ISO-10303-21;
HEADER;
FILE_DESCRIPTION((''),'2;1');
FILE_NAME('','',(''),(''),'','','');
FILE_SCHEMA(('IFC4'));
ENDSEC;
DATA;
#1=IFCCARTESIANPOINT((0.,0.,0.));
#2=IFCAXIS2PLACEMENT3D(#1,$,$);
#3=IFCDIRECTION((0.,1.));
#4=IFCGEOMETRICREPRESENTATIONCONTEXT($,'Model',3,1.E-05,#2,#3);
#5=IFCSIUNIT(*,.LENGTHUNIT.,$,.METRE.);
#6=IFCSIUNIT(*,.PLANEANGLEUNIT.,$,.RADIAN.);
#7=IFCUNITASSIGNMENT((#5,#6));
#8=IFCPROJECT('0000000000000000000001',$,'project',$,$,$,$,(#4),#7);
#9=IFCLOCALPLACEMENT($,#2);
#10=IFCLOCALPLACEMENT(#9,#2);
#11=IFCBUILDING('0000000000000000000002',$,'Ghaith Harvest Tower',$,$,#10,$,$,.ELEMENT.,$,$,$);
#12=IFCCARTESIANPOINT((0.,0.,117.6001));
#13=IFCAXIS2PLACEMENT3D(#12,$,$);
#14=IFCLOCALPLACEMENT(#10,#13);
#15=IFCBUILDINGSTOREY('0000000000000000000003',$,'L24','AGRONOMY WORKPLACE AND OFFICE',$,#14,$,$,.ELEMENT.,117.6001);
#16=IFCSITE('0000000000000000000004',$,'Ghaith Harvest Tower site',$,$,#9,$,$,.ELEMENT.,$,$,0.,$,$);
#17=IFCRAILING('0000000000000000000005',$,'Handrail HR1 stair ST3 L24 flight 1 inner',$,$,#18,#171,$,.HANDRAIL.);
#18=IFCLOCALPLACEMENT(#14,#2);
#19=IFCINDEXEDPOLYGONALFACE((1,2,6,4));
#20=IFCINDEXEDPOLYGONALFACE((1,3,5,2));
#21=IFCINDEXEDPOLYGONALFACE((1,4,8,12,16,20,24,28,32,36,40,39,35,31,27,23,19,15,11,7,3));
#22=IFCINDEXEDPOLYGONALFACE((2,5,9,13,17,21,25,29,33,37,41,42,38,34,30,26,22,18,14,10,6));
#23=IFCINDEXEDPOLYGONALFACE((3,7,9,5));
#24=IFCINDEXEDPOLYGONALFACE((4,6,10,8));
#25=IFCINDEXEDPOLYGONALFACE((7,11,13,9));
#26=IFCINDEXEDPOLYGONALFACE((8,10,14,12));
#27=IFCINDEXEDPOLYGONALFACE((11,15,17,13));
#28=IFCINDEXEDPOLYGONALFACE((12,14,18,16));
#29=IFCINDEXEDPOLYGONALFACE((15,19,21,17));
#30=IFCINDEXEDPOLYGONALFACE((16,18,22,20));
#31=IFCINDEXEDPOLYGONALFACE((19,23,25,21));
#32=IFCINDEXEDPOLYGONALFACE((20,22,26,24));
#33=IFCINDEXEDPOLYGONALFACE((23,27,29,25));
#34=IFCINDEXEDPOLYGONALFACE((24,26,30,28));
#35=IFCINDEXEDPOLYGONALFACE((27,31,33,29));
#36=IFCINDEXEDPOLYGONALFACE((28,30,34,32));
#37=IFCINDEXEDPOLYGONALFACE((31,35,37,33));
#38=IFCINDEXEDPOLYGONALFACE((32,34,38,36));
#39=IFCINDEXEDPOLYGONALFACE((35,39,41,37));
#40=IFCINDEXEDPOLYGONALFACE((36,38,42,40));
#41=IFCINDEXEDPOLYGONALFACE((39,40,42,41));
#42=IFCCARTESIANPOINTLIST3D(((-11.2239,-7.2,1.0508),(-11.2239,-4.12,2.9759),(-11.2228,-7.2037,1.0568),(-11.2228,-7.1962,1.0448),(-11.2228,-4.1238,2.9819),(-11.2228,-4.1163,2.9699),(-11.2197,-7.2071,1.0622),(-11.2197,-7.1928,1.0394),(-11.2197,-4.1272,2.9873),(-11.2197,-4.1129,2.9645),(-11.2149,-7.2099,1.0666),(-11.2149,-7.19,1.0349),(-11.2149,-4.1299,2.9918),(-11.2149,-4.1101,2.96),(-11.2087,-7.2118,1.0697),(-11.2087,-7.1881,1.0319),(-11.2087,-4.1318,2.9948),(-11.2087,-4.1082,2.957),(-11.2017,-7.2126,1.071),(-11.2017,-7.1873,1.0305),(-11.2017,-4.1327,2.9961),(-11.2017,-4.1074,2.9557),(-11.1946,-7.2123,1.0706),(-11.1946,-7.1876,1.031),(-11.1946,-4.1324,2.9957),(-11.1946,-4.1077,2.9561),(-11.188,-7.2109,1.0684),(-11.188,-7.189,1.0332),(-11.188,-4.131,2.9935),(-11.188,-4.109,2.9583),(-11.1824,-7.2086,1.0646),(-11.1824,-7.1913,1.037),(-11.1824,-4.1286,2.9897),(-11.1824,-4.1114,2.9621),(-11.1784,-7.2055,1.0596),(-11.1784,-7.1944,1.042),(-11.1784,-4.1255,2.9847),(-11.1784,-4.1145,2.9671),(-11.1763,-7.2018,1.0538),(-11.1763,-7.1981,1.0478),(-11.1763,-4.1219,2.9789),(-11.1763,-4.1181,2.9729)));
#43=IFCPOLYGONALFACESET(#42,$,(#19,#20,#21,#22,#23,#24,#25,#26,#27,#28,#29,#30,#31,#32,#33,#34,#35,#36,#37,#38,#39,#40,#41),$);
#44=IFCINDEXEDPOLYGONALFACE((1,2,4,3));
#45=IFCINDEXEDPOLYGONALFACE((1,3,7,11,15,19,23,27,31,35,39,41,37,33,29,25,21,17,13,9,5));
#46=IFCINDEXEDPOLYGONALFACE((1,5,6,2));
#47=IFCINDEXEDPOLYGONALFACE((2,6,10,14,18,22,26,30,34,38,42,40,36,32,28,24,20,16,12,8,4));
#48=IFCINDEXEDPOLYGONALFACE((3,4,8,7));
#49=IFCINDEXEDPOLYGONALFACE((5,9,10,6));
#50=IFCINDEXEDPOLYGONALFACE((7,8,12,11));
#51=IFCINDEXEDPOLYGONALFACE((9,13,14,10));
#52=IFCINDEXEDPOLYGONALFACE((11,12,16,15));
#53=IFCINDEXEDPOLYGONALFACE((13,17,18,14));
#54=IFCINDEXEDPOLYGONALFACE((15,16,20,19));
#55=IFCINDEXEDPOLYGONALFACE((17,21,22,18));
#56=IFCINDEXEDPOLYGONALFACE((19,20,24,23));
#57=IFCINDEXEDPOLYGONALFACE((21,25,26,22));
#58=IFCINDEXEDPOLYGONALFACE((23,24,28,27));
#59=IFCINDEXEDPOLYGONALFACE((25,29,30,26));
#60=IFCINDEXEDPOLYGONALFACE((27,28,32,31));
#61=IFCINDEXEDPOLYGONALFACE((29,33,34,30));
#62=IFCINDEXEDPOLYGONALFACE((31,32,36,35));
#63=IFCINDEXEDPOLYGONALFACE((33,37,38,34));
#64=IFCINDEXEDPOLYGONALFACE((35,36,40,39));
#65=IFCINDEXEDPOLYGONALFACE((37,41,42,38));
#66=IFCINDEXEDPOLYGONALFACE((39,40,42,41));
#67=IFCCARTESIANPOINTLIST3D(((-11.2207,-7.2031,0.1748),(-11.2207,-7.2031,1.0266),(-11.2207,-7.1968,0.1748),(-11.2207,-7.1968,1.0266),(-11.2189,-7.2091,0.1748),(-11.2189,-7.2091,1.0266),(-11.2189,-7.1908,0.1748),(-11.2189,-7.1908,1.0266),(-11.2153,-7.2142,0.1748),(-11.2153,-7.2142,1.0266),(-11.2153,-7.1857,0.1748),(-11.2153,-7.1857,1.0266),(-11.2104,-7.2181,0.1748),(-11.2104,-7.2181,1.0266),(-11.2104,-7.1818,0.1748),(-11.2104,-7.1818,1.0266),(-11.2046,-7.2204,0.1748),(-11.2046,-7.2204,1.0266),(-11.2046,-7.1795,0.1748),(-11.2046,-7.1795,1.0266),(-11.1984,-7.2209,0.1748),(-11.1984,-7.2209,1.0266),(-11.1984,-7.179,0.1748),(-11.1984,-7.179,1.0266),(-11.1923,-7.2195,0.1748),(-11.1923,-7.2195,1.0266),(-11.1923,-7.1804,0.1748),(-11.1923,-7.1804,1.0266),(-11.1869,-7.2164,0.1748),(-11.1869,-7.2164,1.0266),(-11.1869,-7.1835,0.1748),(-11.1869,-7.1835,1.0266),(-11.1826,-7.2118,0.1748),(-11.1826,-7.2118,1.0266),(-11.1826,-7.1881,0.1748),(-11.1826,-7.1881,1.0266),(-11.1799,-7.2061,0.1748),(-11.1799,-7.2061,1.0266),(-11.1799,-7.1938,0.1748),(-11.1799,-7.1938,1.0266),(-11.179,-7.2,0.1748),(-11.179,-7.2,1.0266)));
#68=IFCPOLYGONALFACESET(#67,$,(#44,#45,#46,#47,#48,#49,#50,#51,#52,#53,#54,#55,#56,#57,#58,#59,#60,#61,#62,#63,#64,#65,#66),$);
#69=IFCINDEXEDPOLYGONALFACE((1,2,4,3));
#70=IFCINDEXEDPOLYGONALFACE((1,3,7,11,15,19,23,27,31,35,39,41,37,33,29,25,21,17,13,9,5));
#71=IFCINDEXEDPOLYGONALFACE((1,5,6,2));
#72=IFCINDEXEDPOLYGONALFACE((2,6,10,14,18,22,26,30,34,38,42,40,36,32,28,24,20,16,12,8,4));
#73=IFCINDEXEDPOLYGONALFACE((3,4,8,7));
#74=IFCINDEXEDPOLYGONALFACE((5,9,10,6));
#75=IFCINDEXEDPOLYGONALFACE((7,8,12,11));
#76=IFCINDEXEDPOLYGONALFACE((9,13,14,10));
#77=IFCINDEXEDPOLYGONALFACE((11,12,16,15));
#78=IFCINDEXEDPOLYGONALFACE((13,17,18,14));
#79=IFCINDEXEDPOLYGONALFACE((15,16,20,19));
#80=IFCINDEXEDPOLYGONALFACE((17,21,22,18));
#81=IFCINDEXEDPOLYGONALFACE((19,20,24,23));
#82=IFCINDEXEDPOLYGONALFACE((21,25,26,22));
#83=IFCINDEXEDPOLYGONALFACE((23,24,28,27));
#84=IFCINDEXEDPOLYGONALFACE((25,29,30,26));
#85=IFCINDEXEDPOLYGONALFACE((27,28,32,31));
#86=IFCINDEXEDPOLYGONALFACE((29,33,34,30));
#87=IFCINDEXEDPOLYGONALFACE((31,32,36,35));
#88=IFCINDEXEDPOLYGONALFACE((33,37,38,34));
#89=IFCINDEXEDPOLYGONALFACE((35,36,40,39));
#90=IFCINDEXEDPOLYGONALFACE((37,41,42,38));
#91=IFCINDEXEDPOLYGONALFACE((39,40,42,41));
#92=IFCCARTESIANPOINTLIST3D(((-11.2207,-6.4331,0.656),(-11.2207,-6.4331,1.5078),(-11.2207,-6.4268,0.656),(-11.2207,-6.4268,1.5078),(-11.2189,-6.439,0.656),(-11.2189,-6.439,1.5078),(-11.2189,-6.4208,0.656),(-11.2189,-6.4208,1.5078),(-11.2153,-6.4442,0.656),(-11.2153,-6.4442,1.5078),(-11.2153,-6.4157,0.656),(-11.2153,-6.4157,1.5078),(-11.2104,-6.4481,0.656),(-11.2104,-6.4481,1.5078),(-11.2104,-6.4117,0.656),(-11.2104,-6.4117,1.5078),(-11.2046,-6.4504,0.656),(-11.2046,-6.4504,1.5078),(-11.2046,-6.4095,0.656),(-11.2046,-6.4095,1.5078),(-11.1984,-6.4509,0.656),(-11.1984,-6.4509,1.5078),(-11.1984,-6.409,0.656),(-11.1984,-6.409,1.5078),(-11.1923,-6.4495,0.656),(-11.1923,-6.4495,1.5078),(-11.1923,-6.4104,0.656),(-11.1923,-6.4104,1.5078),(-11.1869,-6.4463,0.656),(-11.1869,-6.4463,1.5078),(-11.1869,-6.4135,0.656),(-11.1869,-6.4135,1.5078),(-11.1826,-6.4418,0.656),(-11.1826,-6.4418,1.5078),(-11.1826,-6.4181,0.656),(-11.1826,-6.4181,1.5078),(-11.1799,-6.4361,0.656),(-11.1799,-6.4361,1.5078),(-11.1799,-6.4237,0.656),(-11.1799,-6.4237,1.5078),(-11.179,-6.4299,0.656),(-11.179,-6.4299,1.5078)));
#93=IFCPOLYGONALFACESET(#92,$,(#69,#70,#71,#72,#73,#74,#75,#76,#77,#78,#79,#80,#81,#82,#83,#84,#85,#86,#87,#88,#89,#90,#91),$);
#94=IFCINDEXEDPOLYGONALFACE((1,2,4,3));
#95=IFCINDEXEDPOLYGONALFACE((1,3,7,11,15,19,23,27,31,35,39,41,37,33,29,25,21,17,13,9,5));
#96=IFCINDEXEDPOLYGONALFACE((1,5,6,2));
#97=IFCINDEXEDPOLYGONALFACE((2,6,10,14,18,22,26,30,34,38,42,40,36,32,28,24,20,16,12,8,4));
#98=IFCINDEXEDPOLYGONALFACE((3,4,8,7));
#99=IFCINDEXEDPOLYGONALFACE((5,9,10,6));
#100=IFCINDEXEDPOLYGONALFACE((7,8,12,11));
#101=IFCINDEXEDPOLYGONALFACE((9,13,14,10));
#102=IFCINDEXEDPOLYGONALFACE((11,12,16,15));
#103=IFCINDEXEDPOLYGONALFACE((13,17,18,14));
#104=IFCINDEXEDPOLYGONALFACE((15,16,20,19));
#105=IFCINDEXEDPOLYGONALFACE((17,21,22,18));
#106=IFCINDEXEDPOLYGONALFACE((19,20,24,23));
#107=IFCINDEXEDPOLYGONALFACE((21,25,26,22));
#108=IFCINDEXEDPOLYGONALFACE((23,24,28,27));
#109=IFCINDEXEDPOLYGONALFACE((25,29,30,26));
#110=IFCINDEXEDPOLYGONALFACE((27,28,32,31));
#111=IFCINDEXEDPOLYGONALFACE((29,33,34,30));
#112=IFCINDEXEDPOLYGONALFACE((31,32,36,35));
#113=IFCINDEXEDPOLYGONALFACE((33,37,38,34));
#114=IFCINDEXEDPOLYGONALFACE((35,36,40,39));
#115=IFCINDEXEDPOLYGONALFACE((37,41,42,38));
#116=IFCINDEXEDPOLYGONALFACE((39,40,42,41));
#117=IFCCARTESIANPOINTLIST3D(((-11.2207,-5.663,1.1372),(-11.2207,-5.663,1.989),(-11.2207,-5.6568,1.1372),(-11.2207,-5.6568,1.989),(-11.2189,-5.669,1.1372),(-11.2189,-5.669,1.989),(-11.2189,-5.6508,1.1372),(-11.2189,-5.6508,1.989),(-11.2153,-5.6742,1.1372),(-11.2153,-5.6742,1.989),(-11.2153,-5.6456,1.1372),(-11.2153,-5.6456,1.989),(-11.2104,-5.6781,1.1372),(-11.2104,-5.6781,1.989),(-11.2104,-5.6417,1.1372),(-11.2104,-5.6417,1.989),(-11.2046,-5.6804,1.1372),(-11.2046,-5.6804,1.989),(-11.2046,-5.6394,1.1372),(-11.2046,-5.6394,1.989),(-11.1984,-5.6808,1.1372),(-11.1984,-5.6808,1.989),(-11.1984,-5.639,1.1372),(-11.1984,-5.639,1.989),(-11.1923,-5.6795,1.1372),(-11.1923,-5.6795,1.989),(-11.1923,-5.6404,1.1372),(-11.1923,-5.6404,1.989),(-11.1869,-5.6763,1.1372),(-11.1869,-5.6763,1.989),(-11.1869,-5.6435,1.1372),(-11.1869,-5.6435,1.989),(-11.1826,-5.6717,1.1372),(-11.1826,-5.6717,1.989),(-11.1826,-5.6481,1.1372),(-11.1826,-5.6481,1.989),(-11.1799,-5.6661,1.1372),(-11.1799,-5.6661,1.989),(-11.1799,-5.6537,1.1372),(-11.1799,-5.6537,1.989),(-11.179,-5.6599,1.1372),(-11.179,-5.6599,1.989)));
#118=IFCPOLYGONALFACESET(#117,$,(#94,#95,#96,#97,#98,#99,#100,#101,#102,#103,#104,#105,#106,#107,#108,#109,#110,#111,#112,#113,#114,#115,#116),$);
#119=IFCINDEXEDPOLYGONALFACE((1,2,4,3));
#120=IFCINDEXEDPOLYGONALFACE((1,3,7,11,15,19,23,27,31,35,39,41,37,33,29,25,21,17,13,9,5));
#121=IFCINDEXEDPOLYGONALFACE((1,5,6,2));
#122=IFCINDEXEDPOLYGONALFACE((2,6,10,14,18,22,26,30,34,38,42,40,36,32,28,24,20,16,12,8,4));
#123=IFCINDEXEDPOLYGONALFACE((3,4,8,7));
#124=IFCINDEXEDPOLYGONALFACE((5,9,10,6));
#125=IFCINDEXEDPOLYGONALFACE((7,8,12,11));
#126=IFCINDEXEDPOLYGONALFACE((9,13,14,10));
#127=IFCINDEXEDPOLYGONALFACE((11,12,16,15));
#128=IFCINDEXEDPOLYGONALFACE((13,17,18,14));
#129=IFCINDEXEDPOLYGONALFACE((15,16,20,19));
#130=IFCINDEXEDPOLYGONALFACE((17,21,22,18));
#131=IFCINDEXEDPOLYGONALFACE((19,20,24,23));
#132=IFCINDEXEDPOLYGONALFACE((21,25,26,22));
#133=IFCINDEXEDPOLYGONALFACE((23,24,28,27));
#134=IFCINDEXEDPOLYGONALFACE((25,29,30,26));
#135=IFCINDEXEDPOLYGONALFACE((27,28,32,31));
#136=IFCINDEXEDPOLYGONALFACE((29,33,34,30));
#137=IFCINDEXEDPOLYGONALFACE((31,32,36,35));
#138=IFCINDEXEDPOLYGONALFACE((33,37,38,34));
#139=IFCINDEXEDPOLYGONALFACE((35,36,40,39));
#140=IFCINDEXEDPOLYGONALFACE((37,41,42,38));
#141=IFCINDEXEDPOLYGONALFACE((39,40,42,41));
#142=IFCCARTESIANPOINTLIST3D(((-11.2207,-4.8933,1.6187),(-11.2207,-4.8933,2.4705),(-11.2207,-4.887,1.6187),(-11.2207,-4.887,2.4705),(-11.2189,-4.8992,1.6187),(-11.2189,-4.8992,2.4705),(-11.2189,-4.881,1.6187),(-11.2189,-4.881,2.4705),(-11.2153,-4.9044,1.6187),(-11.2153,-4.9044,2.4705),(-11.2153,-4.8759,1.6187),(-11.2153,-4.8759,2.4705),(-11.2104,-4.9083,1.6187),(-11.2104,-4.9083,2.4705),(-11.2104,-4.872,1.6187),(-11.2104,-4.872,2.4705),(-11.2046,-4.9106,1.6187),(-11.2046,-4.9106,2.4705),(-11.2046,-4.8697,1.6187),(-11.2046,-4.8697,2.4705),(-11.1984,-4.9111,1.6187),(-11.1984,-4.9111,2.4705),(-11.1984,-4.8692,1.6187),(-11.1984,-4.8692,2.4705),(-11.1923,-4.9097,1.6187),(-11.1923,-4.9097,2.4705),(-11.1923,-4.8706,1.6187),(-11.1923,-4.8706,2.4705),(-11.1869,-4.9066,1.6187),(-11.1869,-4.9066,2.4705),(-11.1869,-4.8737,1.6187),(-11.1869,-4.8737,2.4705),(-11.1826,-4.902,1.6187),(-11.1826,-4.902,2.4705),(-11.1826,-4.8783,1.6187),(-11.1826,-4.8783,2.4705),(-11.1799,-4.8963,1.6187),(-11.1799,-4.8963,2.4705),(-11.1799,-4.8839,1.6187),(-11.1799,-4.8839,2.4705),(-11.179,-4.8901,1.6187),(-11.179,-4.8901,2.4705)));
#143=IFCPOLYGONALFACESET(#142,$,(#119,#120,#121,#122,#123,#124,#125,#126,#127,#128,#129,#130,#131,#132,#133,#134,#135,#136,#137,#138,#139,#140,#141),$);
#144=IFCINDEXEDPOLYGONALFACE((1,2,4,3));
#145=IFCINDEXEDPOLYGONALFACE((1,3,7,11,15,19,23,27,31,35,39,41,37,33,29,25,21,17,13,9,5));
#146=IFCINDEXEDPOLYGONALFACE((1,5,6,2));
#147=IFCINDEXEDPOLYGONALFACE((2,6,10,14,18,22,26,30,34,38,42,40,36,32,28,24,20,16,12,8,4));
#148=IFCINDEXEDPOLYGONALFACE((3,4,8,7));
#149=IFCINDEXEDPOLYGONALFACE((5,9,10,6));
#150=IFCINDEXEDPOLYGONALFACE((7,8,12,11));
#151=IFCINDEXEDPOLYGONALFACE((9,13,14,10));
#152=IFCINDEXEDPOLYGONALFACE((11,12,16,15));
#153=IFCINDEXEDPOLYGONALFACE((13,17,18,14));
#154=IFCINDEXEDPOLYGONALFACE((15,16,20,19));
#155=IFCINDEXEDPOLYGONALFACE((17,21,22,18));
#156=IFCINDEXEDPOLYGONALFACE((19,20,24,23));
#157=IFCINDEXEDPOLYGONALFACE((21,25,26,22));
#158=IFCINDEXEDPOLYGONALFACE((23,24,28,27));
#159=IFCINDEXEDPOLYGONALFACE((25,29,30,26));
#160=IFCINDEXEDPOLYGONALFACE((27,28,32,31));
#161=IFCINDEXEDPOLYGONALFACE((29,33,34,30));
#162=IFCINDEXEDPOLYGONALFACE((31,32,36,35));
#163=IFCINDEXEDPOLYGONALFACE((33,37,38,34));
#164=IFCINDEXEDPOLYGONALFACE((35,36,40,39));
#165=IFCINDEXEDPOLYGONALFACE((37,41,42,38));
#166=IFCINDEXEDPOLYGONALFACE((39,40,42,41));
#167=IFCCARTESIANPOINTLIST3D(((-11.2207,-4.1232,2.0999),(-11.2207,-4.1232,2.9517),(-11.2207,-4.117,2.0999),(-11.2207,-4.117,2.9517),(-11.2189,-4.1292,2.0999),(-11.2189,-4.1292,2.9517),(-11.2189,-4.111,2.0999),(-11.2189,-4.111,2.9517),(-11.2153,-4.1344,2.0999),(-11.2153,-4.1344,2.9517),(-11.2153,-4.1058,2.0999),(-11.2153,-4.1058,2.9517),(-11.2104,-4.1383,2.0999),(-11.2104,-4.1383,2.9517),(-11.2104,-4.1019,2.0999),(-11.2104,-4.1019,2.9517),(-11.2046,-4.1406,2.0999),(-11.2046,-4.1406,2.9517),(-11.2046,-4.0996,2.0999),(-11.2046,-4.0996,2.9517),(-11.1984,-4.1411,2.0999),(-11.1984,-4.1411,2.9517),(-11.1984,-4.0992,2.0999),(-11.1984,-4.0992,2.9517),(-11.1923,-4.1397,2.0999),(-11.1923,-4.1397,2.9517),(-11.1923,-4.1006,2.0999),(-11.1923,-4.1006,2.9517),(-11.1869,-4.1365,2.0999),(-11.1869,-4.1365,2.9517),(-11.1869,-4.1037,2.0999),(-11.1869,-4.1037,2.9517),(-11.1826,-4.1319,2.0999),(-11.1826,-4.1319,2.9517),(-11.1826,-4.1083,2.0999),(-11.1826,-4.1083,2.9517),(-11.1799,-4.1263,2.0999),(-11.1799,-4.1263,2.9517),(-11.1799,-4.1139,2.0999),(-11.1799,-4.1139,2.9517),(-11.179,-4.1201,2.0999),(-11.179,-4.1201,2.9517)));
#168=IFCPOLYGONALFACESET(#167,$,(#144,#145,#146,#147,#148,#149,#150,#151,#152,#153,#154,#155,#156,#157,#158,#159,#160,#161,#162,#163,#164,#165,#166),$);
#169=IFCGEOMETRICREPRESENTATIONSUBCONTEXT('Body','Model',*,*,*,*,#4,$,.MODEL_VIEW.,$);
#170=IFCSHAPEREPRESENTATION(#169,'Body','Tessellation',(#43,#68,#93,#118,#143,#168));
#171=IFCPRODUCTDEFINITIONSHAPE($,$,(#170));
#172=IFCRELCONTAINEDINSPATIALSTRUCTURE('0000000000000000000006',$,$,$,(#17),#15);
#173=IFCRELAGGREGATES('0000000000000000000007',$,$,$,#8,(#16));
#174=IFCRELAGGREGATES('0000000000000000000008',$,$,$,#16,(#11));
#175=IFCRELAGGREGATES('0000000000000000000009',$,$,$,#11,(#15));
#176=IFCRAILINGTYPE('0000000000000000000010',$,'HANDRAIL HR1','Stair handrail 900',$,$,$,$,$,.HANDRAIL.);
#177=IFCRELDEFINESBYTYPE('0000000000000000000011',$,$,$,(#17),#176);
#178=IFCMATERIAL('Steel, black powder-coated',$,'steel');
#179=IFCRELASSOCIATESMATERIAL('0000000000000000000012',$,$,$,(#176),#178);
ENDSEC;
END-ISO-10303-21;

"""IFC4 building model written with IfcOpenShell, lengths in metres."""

from ifc_helpers import new_model, si_unit, direction, frame, origin, origin_2d, place, context, subcontext, project, spatial, circle, extrude, material, type_object, element, save


model = new_model("IFC4")

# Units and contexts
model_context = context("Model", 3, precision=1e-05, world=origin(), true_north=direction((0.0, 1.0)))
body_context = subcontext(model_context, "Body", "Model", "MODEL_VIEW")
ifc_project = project(units=[si_unit("LENGTHUNIT", "METRE"), si_unit("PLANEANGLEUNIT", "RADIAN")], contexts=[model_context])

# Site, building, storey
site_placement = place(None, origin())
site = spatial("IfcSite", under=ifc_project, at=site_placement, Name="Ghaith Harvest Tower site", CompositionType="ELEMENT", RefElevation=0.0)
building_placement = place(site_placement, origin())
building = spatial("IfcBuilding", under=site, at=building_placement, Name="Ghaith Harvest Tower", CompositionType="ELEMENT")
storey_placement = place(building_placement, frame((0.0, 0.0, 117.6001)))
storey = spatial("IfcBuildingStorey", under=building, at=storey_placement, Name="L24", Description="AGRONOMY WORKPLACE AND OFFICE", CompositionType="ELEMENT", Elevation=117.6001)

# Railing
ifc_material_1 = material(Name="Steel, black powder-coated", Category="steel")
railing_type = type_object("IfcRailingType", Name="HANDRAIL HR1", Description="Stair handrail 900", PredefinedType="HANDRAIL", material=ifc_material_1)
railing_1_placement = place(storey_placement, frame((-11.2, -7.2, 0.1748)))
element("IfcRailing", 1, at=railing_1_placement, inside=storey, type_object=railing_type, Name="Handrail HR1 stair ST3 L24 flight 1 inner", PredefinedType="HANDRAIL", context=body_context, shape_type="SweptSolid", body=[
    extrude(circle(Radius=0.0239, at=origin_2d()), frame((0.0, 0.0, 0.876), z_axis=(0.0, 0.847979, 0.530029), x_axis=(-1.0, 0.0, 0.0)), (0.0, 0.0, 1.0), 3.6321),
    extrude(circle(Radius=0.021, at=origin_2d()), origin(), (0.0, 0.0, 1.0), 0.8518),
    extrude(circle(Radius=0.021, at=origin_2d()), frame((0.0, 0.77, 0.4812)), (0.0, 0.0, 1.0), 0.8518),
    extrude(circle(Radius=0.021, at=origin_2d()), frame((0.0, 1.54, 0.9624)), (0.0, 0.0, 1.0), 0.8518),
    extrude(circle(Radius=0.021, at=origin_2d()), frame((0.0, 2.3098, 1.4438)), (0.0, 0.0, 1.0), 0.8518),
    extrude(circle(Radius=0.021, at=origin_2d()), frame((0.0, 3.0798, 1.925)), (0.0, 0.0, 1.0), 0.8518),
])

save(model, "model.ifc")
